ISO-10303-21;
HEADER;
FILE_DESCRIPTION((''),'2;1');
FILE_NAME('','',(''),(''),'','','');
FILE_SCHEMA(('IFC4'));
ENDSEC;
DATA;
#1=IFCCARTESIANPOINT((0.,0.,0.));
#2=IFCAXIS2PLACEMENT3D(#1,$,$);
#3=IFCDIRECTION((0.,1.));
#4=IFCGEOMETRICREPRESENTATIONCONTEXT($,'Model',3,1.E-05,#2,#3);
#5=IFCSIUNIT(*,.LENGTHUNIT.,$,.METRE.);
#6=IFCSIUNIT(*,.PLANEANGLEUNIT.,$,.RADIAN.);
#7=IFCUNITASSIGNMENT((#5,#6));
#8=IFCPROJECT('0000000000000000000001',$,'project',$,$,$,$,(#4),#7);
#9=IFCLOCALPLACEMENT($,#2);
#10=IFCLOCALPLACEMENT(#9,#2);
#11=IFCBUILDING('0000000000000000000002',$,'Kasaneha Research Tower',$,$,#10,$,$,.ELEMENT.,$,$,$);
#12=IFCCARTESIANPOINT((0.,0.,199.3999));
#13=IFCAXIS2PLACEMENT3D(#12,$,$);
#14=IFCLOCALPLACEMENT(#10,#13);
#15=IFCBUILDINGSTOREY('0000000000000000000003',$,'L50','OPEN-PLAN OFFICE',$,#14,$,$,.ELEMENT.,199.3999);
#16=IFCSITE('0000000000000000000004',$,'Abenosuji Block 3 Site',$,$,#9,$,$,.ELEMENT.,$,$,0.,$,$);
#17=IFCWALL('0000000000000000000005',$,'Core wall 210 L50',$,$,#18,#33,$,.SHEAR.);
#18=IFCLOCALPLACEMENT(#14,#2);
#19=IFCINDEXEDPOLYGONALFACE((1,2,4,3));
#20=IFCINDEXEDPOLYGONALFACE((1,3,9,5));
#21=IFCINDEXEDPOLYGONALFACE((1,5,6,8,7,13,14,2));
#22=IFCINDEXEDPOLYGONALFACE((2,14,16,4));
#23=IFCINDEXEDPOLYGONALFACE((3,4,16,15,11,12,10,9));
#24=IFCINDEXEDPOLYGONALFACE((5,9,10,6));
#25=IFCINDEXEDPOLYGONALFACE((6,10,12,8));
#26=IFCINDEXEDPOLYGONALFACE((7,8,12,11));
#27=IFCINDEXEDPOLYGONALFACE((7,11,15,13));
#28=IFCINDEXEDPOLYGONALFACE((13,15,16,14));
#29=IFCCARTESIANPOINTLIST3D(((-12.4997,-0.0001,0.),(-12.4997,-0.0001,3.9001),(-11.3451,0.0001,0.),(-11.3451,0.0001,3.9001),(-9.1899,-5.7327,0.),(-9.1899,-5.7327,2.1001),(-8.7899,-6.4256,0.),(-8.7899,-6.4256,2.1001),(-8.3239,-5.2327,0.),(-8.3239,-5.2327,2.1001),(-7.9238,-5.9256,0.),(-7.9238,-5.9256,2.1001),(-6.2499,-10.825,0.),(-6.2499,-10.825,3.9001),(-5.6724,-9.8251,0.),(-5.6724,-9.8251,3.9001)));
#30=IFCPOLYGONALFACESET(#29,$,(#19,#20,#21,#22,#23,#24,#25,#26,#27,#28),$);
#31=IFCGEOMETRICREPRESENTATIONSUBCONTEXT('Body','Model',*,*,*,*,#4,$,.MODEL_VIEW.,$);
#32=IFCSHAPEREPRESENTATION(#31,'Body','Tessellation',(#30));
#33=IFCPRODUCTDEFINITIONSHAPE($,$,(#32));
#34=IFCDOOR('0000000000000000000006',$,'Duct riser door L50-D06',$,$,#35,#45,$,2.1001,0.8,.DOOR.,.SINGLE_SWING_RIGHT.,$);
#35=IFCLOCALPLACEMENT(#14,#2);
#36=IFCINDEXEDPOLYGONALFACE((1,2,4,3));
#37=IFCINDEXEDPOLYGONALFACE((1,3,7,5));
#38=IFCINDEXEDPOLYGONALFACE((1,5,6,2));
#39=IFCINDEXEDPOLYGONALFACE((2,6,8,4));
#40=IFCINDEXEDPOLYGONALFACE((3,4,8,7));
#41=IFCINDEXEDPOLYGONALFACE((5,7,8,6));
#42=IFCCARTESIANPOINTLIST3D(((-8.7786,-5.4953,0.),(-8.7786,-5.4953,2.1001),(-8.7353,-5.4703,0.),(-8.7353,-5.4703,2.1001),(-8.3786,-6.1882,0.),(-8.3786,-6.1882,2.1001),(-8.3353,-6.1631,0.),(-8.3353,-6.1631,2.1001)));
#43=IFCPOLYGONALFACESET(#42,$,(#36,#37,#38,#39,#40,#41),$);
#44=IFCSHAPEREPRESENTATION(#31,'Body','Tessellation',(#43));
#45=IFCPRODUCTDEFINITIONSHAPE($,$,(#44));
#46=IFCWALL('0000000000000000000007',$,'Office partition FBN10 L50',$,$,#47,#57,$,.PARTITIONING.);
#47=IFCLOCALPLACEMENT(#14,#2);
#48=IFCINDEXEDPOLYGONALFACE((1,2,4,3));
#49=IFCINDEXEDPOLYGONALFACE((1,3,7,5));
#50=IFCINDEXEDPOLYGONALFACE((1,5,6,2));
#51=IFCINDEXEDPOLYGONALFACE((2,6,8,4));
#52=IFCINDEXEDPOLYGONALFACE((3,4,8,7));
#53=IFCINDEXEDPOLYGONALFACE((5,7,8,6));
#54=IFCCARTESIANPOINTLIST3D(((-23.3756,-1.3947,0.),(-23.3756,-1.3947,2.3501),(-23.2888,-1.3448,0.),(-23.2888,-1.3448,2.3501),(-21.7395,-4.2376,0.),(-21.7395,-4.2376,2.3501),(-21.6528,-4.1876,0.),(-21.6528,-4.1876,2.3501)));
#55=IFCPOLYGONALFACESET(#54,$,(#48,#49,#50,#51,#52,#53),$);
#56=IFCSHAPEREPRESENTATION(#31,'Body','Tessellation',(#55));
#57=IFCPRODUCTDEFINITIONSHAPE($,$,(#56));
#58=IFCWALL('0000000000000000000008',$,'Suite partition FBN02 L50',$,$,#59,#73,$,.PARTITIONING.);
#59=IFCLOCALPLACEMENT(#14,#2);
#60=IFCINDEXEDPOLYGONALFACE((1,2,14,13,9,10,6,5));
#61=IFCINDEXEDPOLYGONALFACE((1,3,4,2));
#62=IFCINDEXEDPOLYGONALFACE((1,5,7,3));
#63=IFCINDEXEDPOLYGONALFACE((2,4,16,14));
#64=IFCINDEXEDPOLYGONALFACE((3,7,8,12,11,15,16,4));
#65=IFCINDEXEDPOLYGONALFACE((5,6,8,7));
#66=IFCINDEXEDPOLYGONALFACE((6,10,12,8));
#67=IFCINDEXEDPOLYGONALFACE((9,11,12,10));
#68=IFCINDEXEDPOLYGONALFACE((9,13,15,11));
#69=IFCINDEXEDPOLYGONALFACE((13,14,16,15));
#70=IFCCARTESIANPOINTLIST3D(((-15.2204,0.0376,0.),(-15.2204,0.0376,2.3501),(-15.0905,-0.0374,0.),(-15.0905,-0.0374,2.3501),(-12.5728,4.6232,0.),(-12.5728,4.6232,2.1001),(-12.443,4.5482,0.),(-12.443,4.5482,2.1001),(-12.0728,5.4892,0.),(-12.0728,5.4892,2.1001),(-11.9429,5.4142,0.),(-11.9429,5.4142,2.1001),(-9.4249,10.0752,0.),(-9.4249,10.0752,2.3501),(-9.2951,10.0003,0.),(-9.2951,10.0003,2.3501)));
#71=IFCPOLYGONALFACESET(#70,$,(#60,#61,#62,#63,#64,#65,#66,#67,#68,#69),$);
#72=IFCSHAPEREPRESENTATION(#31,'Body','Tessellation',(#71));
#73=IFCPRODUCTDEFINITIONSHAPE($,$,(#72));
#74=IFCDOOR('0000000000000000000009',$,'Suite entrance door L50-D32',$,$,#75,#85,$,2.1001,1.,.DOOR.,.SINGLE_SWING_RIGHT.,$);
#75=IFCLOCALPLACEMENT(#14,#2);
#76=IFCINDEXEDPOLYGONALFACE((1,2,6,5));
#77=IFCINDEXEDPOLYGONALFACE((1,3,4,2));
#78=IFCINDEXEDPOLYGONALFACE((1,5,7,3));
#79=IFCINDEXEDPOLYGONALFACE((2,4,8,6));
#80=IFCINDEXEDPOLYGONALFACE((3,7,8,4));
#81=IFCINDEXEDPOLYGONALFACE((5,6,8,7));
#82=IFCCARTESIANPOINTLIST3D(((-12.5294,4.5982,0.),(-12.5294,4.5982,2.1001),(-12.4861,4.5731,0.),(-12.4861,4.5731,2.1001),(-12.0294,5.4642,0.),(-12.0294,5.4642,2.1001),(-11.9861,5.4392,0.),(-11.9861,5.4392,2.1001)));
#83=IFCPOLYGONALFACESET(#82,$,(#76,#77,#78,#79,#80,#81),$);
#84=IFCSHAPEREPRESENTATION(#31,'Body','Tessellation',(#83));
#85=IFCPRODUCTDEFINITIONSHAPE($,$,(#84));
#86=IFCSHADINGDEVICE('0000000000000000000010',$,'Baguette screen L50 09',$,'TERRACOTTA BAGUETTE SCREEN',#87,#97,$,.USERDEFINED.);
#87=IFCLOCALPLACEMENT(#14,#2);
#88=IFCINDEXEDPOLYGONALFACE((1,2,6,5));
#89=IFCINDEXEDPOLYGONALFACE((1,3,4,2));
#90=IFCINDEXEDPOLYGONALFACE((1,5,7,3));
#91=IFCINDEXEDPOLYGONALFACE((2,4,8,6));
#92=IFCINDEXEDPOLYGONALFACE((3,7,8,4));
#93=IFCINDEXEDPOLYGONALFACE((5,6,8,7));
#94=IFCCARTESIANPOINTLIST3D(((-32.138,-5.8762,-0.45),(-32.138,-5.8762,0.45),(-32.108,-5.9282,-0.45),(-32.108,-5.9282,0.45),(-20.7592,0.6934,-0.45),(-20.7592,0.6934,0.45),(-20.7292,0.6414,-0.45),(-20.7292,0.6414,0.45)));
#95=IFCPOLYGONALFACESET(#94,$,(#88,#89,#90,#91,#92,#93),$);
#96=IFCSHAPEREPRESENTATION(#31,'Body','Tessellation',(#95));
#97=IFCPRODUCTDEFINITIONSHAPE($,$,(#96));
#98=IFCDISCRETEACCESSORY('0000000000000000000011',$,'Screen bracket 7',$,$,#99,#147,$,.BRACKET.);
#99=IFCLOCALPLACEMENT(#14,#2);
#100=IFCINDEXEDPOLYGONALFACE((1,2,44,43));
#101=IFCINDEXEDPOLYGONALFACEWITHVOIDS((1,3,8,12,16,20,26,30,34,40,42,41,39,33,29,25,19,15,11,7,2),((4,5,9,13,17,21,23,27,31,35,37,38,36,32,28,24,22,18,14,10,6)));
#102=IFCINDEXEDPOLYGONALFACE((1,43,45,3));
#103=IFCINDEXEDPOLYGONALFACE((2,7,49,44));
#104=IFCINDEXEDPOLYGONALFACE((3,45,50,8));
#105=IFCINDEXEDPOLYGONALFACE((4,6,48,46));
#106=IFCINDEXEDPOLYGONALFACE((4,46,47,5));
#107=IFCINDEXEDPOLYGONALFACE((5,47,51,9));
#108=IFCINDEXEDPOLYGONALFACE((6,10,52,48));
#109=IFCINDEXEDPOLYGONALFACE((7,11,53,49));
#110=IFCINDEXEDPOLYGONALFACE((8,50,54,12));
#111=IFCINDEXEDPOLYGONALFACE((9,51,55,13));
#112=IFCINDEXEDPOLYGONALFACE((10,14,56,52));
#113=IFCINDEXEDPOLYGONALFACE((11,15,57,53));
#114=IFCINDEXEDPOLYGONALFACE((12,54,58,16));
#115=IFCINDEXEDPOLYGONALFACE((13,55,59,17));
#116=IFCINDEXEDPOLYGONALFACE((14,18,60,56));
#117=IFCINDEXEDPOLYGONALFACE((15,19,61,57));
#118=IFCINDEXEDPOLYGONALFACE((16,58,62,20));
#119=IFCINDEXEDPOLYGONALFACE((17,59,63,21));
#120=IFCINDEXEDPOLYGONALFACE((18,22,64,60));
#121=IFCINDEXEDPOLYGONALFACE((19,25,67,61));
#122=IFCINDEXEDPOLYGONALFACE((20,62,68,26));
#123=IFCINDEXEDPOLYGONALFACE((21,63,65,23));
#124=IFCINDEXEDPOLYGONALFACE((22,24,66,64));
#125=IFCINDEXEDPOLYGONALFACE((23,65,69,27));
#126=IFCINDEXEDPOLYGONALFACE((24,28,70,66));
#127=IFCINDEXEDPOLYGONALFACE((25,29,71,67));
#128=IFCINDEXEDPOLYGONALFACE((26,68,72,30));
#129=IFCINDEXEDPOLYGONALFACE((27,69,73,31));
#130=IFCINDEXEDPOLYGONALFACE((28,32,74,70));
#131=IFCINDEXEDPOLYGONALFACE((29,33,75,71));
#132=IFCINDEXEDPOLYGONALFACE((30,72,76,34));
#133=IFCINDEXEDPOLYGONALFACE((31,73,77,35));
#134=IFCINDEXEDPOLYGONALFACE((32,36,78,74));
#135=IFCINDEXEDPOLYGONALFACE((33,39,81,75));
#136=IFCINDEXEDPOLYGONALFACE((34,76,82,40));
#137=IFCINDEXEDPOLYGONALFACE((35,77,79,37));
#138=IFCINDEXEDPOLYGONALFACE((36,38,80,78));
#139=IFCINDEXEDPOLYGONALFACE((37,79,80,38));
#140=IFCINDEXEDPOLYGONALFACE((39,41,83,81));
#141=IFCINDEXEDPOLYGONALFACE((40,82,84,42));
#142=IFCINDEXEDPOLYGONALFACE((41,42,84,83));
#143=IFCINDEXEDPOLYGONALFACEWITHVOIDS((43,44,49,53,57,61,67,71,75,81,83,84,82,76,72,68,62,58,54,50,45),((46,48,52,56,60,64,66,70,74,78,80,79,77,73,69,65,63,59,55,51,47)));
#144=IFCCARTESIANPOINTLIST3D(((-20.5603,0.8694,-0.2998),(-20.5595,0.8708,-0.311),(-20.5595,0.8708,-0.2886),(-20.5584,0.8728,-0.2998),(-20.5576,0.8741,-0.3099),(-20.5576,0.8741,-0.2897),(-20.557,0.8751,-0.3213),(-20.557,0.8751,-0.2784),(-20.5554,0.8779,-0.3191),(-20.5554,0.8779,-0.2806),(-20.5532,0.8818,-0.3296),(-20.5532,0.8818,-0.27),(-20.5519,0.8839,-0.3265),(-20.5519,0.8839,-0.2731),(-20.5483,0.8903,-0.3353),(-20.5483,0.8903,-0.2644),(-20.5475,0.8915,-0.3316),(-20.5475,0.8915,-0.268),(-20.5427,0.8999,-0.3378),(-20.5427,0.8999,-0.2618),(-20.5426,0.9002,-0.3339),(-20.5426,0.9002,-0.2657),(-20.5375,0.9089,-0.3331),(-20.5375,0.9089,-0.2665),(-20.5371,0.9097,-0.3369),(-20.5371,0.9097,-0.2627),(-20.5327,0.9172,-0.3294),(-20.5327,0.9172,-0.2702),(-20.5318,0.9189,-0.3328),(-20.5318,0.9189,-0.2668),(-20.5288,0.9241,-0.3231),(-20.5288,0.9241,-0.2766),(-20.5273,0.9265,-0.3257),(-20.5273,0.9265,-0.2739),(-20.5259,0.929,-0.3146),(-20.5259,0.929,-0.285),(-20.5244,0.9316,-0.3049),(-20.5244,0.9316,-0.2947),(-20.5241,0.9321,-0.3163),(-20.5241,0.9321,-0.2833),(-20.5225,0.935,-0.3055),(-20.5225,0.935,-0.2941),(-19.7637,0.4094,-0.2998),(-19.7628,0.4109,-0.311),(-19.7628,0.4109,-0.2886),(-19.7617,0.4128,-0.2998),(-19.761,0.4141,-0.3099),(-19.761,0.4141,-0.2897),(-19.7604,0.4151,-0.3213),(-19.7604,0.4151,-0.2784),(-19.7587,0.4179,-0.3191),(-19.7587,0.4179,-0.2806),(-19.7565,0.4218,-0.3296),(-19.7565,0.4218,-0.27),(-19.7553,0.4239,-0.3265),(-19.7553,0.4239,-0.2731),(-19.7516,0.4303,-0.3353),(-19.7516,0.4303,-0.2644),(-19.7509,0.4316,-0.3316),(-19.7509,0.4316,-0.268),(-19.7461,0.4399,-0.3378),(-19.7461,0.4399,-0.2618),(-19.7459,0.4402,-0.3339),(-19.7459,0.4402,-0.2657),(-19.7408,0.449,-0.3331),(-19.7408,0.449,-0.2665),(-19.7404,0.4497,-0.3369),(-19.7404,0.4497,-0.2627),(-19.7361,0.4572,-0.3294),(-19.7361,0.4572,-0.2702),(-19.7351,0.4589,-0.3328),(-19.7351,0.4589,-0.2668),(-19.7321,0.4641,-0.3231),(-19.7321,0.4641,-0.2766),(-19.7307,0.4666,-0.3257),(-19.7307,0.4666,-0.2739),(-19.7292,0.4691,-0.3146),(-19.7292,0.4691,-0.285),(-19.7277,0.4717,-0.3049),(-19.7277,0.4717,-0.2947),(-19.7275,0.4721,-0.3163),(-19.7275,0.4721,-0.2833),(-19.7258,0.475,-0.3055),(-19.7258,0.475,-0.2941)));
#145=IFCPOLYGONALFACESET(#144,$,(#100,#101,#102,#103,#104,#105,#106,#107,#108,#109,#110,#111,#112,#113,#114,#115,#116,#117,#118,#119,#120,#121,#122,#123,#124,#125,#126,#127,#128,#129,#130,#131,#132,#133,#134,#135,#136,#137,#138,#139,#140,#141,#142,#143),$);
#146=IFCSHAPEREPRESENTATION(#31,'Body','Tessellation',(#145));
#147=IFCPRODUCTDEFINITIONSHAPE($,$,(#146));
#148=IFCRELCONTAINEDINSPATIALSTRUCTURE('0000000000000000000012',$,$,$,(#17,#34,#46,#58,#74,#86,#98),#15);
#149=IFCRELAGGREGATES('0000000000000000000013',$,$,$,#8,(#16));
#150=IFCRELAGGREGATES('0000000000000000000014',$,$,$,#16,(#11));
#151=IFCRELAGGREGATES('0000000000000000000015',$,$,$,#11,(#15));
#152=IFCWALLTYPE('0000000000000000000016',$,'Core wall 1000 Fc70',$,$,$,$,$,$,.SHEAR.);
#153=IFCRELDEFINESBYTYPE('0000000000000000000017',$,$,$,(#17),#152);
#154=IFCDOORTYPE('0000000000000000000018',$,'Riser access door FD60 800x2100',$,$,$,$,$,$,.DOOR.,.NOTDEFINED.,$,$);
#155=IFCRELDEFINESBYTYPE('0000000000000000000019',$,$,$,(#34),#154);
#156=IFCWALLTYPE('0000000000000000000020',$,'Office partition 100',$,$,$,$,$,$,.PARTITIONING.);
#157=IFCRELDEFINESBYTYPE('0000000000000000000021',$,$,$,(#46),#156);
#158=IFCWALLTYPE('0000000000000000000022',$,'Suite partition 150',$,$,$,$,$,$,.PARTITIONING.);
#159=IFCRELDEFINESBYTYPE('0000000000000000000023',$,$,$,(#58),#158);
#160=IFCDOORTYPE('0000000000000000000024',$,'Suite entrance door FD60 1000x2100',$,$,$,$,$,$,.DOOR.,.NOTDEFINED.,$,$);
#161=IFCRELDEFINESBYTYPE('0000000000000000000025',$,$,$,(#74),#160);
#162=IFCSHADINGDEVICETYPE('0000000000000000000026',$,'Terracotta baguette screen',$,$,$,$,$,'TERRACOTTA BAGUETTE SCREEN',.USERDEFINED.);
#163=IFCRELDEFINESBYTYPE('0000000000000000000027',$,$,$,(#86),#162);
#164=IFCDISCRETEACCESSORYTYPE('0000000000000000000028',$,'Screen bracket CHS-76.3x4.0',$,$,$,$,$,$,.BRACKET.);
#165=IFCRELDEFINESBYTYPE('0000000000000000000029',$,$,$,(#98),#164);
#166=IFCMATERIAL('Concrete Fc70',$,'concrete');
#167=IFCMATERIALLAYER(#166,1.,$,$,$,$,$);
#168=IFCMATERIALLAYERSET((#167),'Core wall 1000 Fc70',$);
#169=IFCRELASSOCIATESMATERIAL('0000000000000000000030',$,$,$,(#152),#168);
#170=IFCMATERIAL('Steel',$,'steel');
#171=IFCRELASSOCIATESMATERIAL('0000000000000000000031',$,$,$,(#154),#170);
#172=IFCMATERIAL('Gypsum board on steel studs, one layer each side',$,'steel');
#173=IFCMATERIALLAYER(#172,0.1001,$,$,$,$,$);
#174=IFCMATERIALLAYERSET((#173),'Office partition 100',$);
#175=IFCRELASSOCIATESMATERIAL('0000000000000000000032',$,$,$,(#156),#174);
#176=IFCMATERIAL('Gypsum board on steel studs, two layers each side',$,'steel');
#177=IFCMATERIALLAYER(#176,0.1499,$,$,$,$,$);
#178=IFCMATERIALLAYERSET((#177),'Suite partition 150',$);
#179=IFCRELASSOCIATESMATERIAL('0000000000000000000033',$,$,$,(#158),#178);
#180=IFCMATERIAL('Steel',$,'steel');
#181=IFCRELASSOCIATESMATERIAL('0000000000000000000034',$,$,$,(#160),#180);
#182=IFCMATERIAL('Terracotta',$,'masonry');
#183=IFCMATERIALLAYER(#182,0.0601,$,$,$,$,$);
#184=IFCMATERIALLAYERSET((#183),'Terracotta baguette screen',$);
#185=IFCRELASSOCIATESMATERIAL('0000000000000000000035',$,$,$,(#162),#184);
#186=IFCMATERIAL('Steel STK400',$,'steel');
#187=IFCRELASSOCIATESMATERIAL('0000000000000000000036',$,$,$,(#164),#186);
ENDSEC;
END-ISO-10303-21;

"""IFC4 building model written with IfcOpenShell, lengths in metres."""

from ifc_helpers import new_model, si_unit, direction, frame, frame_2d, origin, origin_2d, place, context, subcontext, project, spatial, polyline, rectangle, hollow_circle, outline, extrude, material, layer, layer_set, material_profile, profile_set, type_object, element, fill, save


model = new_model("IFC4")

# Units and contexts
model_context = context("Model", 3, precision=1e-05, world=origin(), true_north=direction((0.0, 1.0)))
body_context = subcontext(model_context, "Body", "Model", "MODEL_VIEW")
ifc_project = project(units=[si_unit("LENGTHUNIT", "METRE"), si_unit("PLANEANGLEUNIT", "RADIAN")], contexts=[model_context])

# Site, building, storey
site_placement = place(None, origin())
site = spatial("IfcSite", under=ifc_project, at=site_placement, Name="Abenosuji Block 3 Site", CompositionType="ELEMENT", RefElevation=0.0)
building_placement = place(site_placement, origin())
building = spatial("IfcBuilding", under=site, at=building_placement, Name="Kasaneha Research Tower", CompositionType="ELEMENT")
storey_placement = place(building_placement, frame((0.0, 0.0, 199.3999)))
storey = spatial("IfcBuildingStorey", under=building, at=storey_placement, Name="L50", Description="OPEN-PLAN OFFICE", CompositionType="ELEMENT", Elevation=199.3999)

# Wall, opening, door
ifc_material_1 = material(Name="Concrete Fc70", Category="concrete")
ifc_layer_1 = layer(ifc_material_1, 1.0)
ifc_layer_set_1 = layer_set([ifc_layer_1], Name="Core wall 1000 Fc70")
wall_type_1 = type_object("IfcWallType", Name="Core wall 1000 Fc70", PredefinedType="SHEAR", material=ifc_layer_set_1)
wall_1_placement = place(storey_placement, frame((-11.9224, 0.0, 0.0), z_axis=(0.0, 0.0, 1.0), x_axis=(0.500004, -0.866023, 0.0)))
wall_1 = element("IfcWall", 1, at=wall_1_placement, inside=storey, type_object=wall_type_1, Name="Core wall 210 L50", PredefinedType="SHEAR", context=body_context, shape_type="SweptSolid", body=[
    extrude(outline(polyline([(-0.2886, -0.5), (6.3311, -0.5), (7.1311, -0.5), (12.2109, -0.5), (11.6338, 0.5), (7.1311, 0.5), (6.3311, 0.5), (0.2886, 0.5), (-0.2886, -0.5)])), origin(), (0.0, 0.0, 1.0), 3.9001),
])
opening_1_placement = place(wall_1_placement, frame((6.3311, 0.0, 0.0)))
opening_1 = element("IfcOpeningElement", 2, at=opening_1_placement, cuts=wall_1, PredefinedType="OPENING", context=body_context, shape_type="SweptSolid", body=[
    extrude(rectangle(XDim=0.8, YDim=2.1001, at=frame_2d((0.3999, 1.05))), frame((0.0, 0.51, 0.0), z_axis=(0.0, -1.0, 0.0), x_axis=(1.0, 0.0, 0.0)), (0.0, 0.0, 1.0), 1.02),
])
ifc_material_2 = material(Name="Steel", Category="steel")
door_type_1 = type_object("IfcDoorType", Name="Riser access door FD60 800x2100", OperationType="NOTDEFINED", PredefinedType="DOOR", material=ifc_material_2)
door_1_placement = place(opening_1_placement, origin())
door_1 = element("IfcDoor", 3, at=door_1_placement, inside=storey, type_object=door_type_1, Name="Duct riser door L50-D06", OperationType="SINGLE_SWING_RIGHT", OverallHeight=2.1001, OverallWidth=0.8, PredefinedType="DOOR", context=body_context, shape_type="SweptSolid", body=[
    extrude(rectangle(XDim=0.8, YDim=2.1001, at=frame_2d((0.3999, 1.05))), frame((0.0, 0.0249, 0.0), z_axis=(0.0, -1.0, 0.0), x_axis=(1.0, 0.0, 0.0)), (0.0, 0.0, 1.0), 0.05),
])
fill(opening_1, door_1)

# Wall
ifc_material_3 = material(Name="Gypsum board on steel studs, one layer each side", Category="steel")
ifc_layer_2 = layer(ifc_material_3, 0.1001)
ifc_layer_set_2 = layer_set([ifc_layer_2], Name="Office partition 100")
wall_type_2 = type_object("IfcWallType", Name="Office partition 100", PredefinedType="PARTITIONING", material=ifc_layer_set_2)
wall_2_placement = place(storey_placement, frame((-23.3323, -1.3696, 0.0), z_axis=(0.0, 0.0, 1.0), x_axis=(0.49879, -0.866723, 0.0)))
element("IfcWall", 4, at=wall_2_placement, inside=storey, type_object=wall_type_2, Name="Office partition FBN10 L50", PredefinedType="PARTITIONING", context=body_context, shape_type="SweptSolid", body=[
    extrude(rectangle(XDim=3.28, YDim=0.1001, at=frame_2d((1.6401, 0.0))), origin(), (0.0, 0.0, 1.0), 2.3501),
])

# Wall, opening, door
ifc_material_4 = material(Name="Gypsum board on steel studs, two layers each side", Category="steel")
ifc_layer_3 = layer(ifc_material_4, 0.1499)
ifc_layer_set_3 = layer_set([ifc_layer_3], Name="Suite partition 150")
wall_type_3 = type_object("IfcWallType", Name="Suite partition 150", PredefinedType="PARTITIONING", material=ifc_layer_set_3)
wall_3_placement = place(storey_placement, frame((-15.1555, 0.0, 0.0), z_axis=(0.0, 0.0, 1.0), x_axis=(0.500013, 0.866018, 0.0)))
wall_3 = element("IfcWall", 5, at=wall_3_placement, inside=storey, type_object=wall_type_3, Name="Suite partition FBN02 L50", PredefinedType="PARTITIONING", context=body_context, shape_type="SweptSolid", body=[
    extrude(rectangle(XDim=11.5906, YDim=0.1499, at=frame_2d((5.7954, 0.0))), origin(), (0.0, 0.0, 1.0), 2.3501),
])
opening_2_placement = place(wall_3_placement, frame((5.2952, 0.0, 0.0)))
opening_2 = element("IfcOpeningElement", 6, at=opening_2_placement, cuts=wall_3, PredefinedType="OPENING", context=body_context, shape_type="SweptSolid", body=[
    extrude(rectangle(XDim=1.0, YDim=2.1001, at=frame_2d((0.5, 1.05))), frame((0.0, 0.085, 0.0), z_axis=(0.0, -1.0, 0.0), x_axis=(1.0, 0.0, 0.0)), (0.0, 0.0, 1.0), 0.1699),
])
ifc_material_5 = material(Name="Steel", Category="steel")
door_type_2 = type_object("IfcDoorType", Name="Suite entrance door FD60 1000x2100", OperationType="NOTDEFINED", PredefinedType="DOOR", material=ifc_material_5)
door_2_placement = place(opening_2_placement, origin())
door_2 = element("IfcDoor", 7, at=door_2_placement, inside=storey, type_object=door_type_2, Name="Suite entrance door L50-D32", OperationType="SINGLE_SWING_RIGHT", OverallHeight=2.1001, OverallWidth=1.0, PredefinedType="DOOR", context=body_context, shape_type="SweptSolid", body=[
    extrude(rectangle(XDim=1.0, YDim=2.1001, at=frame_2d((0.5, 1.05))), frame((0.0, 0.0249, 0.0), z_axis=(0.0, -1.0, 0.0), x_axis=(1.0, 0.0, 0.0)), (0.0, 0.0, 1.0), 0.05),
])
fill(opening_2, door_2)

# Shading device
ifc_material_6 = material(Name="Terracotta", Category="masonry")
ifc_layer_4 = layer(ifc_material_6, 0.0601)
ifc_layer_set_4 = layer_set([ifc_layer_4], Name="Terracotta baguette screen")
shading_device_type = type_object("IfcShadingDeviceType", Name="Terracotta baguette screen", ElementType="TERRACOTTA BAGUETTE SCREEN", PredefinedType="USERDEFINED", material=ifc_layer_set_4)
shading_device_placement = place(storey_placement, frame((-26.4336, -2.6174, -0.45), z_axis=(0.0, 0.0, 1.0), x_axis=(-0.866025, -0.5, 0.0)))
element("IfcShadingDevice", 8, at=shading_device_placement, inside=storey, type_object=shading_device_type, Name="Baguette screen L50 09", ObjectType="TERRACOTTA BAGUETTE SCREEN", PredefinedType="USERDEFINED", context=body_context, shape_type="SweptSolid", body=[
    extrude(rectangle(XDim=13.1392, YDim=0.0601, at=origin_2d()), origin(), (0.0, 0.0, 1.0), 0.8999),
])

# Discrete accessory
ifc_material_7 = material(Name="Steel STK400", Category="steel")
ifc_material_profile_1 = material_profile(ifc_material_7, hollow_circle(Radius=0.0381, WallThickness=0.0039, at=origin_2d()), Name="CHS-76.3x4.0")
ifc_profile_set_1 = profile_set([ifc_material_profile_1], Name="Steel STK400")
discrete_accessory_type = type_object("IfcDiscreteAccessoryType", Name="Screen bracket CHS-76.3x4.0", PredefinedType="BRACKET", material=ifc_profile_set_1)
for number, where, z_axis, x_axis, name in (
    (9, (-19.7446, 0.4424, -0.2998), (-0.866013, 0.500021, 0.0), (-0.500021, -0.866013, 0.0), "Screen bracket 7"),
):
    element("IfcDiscreteAccessory", number, at=place(storey_placement, frame(where, z_axis=z_axis, x_axis=x_axis)), inside=storey, type_object=discrete_accessory_type, Name=name, PredefinedType="BRACKET", context=body_context, shape_type="SweptSolid", body=[
        extrude(hollow_circle(Radius=0.0381, WallThickness=0.0039, at=origin_2d()), origin(), (0.0, 0.0, 1.0), 0.9199),
    ])

save(model, "model.ifc")
